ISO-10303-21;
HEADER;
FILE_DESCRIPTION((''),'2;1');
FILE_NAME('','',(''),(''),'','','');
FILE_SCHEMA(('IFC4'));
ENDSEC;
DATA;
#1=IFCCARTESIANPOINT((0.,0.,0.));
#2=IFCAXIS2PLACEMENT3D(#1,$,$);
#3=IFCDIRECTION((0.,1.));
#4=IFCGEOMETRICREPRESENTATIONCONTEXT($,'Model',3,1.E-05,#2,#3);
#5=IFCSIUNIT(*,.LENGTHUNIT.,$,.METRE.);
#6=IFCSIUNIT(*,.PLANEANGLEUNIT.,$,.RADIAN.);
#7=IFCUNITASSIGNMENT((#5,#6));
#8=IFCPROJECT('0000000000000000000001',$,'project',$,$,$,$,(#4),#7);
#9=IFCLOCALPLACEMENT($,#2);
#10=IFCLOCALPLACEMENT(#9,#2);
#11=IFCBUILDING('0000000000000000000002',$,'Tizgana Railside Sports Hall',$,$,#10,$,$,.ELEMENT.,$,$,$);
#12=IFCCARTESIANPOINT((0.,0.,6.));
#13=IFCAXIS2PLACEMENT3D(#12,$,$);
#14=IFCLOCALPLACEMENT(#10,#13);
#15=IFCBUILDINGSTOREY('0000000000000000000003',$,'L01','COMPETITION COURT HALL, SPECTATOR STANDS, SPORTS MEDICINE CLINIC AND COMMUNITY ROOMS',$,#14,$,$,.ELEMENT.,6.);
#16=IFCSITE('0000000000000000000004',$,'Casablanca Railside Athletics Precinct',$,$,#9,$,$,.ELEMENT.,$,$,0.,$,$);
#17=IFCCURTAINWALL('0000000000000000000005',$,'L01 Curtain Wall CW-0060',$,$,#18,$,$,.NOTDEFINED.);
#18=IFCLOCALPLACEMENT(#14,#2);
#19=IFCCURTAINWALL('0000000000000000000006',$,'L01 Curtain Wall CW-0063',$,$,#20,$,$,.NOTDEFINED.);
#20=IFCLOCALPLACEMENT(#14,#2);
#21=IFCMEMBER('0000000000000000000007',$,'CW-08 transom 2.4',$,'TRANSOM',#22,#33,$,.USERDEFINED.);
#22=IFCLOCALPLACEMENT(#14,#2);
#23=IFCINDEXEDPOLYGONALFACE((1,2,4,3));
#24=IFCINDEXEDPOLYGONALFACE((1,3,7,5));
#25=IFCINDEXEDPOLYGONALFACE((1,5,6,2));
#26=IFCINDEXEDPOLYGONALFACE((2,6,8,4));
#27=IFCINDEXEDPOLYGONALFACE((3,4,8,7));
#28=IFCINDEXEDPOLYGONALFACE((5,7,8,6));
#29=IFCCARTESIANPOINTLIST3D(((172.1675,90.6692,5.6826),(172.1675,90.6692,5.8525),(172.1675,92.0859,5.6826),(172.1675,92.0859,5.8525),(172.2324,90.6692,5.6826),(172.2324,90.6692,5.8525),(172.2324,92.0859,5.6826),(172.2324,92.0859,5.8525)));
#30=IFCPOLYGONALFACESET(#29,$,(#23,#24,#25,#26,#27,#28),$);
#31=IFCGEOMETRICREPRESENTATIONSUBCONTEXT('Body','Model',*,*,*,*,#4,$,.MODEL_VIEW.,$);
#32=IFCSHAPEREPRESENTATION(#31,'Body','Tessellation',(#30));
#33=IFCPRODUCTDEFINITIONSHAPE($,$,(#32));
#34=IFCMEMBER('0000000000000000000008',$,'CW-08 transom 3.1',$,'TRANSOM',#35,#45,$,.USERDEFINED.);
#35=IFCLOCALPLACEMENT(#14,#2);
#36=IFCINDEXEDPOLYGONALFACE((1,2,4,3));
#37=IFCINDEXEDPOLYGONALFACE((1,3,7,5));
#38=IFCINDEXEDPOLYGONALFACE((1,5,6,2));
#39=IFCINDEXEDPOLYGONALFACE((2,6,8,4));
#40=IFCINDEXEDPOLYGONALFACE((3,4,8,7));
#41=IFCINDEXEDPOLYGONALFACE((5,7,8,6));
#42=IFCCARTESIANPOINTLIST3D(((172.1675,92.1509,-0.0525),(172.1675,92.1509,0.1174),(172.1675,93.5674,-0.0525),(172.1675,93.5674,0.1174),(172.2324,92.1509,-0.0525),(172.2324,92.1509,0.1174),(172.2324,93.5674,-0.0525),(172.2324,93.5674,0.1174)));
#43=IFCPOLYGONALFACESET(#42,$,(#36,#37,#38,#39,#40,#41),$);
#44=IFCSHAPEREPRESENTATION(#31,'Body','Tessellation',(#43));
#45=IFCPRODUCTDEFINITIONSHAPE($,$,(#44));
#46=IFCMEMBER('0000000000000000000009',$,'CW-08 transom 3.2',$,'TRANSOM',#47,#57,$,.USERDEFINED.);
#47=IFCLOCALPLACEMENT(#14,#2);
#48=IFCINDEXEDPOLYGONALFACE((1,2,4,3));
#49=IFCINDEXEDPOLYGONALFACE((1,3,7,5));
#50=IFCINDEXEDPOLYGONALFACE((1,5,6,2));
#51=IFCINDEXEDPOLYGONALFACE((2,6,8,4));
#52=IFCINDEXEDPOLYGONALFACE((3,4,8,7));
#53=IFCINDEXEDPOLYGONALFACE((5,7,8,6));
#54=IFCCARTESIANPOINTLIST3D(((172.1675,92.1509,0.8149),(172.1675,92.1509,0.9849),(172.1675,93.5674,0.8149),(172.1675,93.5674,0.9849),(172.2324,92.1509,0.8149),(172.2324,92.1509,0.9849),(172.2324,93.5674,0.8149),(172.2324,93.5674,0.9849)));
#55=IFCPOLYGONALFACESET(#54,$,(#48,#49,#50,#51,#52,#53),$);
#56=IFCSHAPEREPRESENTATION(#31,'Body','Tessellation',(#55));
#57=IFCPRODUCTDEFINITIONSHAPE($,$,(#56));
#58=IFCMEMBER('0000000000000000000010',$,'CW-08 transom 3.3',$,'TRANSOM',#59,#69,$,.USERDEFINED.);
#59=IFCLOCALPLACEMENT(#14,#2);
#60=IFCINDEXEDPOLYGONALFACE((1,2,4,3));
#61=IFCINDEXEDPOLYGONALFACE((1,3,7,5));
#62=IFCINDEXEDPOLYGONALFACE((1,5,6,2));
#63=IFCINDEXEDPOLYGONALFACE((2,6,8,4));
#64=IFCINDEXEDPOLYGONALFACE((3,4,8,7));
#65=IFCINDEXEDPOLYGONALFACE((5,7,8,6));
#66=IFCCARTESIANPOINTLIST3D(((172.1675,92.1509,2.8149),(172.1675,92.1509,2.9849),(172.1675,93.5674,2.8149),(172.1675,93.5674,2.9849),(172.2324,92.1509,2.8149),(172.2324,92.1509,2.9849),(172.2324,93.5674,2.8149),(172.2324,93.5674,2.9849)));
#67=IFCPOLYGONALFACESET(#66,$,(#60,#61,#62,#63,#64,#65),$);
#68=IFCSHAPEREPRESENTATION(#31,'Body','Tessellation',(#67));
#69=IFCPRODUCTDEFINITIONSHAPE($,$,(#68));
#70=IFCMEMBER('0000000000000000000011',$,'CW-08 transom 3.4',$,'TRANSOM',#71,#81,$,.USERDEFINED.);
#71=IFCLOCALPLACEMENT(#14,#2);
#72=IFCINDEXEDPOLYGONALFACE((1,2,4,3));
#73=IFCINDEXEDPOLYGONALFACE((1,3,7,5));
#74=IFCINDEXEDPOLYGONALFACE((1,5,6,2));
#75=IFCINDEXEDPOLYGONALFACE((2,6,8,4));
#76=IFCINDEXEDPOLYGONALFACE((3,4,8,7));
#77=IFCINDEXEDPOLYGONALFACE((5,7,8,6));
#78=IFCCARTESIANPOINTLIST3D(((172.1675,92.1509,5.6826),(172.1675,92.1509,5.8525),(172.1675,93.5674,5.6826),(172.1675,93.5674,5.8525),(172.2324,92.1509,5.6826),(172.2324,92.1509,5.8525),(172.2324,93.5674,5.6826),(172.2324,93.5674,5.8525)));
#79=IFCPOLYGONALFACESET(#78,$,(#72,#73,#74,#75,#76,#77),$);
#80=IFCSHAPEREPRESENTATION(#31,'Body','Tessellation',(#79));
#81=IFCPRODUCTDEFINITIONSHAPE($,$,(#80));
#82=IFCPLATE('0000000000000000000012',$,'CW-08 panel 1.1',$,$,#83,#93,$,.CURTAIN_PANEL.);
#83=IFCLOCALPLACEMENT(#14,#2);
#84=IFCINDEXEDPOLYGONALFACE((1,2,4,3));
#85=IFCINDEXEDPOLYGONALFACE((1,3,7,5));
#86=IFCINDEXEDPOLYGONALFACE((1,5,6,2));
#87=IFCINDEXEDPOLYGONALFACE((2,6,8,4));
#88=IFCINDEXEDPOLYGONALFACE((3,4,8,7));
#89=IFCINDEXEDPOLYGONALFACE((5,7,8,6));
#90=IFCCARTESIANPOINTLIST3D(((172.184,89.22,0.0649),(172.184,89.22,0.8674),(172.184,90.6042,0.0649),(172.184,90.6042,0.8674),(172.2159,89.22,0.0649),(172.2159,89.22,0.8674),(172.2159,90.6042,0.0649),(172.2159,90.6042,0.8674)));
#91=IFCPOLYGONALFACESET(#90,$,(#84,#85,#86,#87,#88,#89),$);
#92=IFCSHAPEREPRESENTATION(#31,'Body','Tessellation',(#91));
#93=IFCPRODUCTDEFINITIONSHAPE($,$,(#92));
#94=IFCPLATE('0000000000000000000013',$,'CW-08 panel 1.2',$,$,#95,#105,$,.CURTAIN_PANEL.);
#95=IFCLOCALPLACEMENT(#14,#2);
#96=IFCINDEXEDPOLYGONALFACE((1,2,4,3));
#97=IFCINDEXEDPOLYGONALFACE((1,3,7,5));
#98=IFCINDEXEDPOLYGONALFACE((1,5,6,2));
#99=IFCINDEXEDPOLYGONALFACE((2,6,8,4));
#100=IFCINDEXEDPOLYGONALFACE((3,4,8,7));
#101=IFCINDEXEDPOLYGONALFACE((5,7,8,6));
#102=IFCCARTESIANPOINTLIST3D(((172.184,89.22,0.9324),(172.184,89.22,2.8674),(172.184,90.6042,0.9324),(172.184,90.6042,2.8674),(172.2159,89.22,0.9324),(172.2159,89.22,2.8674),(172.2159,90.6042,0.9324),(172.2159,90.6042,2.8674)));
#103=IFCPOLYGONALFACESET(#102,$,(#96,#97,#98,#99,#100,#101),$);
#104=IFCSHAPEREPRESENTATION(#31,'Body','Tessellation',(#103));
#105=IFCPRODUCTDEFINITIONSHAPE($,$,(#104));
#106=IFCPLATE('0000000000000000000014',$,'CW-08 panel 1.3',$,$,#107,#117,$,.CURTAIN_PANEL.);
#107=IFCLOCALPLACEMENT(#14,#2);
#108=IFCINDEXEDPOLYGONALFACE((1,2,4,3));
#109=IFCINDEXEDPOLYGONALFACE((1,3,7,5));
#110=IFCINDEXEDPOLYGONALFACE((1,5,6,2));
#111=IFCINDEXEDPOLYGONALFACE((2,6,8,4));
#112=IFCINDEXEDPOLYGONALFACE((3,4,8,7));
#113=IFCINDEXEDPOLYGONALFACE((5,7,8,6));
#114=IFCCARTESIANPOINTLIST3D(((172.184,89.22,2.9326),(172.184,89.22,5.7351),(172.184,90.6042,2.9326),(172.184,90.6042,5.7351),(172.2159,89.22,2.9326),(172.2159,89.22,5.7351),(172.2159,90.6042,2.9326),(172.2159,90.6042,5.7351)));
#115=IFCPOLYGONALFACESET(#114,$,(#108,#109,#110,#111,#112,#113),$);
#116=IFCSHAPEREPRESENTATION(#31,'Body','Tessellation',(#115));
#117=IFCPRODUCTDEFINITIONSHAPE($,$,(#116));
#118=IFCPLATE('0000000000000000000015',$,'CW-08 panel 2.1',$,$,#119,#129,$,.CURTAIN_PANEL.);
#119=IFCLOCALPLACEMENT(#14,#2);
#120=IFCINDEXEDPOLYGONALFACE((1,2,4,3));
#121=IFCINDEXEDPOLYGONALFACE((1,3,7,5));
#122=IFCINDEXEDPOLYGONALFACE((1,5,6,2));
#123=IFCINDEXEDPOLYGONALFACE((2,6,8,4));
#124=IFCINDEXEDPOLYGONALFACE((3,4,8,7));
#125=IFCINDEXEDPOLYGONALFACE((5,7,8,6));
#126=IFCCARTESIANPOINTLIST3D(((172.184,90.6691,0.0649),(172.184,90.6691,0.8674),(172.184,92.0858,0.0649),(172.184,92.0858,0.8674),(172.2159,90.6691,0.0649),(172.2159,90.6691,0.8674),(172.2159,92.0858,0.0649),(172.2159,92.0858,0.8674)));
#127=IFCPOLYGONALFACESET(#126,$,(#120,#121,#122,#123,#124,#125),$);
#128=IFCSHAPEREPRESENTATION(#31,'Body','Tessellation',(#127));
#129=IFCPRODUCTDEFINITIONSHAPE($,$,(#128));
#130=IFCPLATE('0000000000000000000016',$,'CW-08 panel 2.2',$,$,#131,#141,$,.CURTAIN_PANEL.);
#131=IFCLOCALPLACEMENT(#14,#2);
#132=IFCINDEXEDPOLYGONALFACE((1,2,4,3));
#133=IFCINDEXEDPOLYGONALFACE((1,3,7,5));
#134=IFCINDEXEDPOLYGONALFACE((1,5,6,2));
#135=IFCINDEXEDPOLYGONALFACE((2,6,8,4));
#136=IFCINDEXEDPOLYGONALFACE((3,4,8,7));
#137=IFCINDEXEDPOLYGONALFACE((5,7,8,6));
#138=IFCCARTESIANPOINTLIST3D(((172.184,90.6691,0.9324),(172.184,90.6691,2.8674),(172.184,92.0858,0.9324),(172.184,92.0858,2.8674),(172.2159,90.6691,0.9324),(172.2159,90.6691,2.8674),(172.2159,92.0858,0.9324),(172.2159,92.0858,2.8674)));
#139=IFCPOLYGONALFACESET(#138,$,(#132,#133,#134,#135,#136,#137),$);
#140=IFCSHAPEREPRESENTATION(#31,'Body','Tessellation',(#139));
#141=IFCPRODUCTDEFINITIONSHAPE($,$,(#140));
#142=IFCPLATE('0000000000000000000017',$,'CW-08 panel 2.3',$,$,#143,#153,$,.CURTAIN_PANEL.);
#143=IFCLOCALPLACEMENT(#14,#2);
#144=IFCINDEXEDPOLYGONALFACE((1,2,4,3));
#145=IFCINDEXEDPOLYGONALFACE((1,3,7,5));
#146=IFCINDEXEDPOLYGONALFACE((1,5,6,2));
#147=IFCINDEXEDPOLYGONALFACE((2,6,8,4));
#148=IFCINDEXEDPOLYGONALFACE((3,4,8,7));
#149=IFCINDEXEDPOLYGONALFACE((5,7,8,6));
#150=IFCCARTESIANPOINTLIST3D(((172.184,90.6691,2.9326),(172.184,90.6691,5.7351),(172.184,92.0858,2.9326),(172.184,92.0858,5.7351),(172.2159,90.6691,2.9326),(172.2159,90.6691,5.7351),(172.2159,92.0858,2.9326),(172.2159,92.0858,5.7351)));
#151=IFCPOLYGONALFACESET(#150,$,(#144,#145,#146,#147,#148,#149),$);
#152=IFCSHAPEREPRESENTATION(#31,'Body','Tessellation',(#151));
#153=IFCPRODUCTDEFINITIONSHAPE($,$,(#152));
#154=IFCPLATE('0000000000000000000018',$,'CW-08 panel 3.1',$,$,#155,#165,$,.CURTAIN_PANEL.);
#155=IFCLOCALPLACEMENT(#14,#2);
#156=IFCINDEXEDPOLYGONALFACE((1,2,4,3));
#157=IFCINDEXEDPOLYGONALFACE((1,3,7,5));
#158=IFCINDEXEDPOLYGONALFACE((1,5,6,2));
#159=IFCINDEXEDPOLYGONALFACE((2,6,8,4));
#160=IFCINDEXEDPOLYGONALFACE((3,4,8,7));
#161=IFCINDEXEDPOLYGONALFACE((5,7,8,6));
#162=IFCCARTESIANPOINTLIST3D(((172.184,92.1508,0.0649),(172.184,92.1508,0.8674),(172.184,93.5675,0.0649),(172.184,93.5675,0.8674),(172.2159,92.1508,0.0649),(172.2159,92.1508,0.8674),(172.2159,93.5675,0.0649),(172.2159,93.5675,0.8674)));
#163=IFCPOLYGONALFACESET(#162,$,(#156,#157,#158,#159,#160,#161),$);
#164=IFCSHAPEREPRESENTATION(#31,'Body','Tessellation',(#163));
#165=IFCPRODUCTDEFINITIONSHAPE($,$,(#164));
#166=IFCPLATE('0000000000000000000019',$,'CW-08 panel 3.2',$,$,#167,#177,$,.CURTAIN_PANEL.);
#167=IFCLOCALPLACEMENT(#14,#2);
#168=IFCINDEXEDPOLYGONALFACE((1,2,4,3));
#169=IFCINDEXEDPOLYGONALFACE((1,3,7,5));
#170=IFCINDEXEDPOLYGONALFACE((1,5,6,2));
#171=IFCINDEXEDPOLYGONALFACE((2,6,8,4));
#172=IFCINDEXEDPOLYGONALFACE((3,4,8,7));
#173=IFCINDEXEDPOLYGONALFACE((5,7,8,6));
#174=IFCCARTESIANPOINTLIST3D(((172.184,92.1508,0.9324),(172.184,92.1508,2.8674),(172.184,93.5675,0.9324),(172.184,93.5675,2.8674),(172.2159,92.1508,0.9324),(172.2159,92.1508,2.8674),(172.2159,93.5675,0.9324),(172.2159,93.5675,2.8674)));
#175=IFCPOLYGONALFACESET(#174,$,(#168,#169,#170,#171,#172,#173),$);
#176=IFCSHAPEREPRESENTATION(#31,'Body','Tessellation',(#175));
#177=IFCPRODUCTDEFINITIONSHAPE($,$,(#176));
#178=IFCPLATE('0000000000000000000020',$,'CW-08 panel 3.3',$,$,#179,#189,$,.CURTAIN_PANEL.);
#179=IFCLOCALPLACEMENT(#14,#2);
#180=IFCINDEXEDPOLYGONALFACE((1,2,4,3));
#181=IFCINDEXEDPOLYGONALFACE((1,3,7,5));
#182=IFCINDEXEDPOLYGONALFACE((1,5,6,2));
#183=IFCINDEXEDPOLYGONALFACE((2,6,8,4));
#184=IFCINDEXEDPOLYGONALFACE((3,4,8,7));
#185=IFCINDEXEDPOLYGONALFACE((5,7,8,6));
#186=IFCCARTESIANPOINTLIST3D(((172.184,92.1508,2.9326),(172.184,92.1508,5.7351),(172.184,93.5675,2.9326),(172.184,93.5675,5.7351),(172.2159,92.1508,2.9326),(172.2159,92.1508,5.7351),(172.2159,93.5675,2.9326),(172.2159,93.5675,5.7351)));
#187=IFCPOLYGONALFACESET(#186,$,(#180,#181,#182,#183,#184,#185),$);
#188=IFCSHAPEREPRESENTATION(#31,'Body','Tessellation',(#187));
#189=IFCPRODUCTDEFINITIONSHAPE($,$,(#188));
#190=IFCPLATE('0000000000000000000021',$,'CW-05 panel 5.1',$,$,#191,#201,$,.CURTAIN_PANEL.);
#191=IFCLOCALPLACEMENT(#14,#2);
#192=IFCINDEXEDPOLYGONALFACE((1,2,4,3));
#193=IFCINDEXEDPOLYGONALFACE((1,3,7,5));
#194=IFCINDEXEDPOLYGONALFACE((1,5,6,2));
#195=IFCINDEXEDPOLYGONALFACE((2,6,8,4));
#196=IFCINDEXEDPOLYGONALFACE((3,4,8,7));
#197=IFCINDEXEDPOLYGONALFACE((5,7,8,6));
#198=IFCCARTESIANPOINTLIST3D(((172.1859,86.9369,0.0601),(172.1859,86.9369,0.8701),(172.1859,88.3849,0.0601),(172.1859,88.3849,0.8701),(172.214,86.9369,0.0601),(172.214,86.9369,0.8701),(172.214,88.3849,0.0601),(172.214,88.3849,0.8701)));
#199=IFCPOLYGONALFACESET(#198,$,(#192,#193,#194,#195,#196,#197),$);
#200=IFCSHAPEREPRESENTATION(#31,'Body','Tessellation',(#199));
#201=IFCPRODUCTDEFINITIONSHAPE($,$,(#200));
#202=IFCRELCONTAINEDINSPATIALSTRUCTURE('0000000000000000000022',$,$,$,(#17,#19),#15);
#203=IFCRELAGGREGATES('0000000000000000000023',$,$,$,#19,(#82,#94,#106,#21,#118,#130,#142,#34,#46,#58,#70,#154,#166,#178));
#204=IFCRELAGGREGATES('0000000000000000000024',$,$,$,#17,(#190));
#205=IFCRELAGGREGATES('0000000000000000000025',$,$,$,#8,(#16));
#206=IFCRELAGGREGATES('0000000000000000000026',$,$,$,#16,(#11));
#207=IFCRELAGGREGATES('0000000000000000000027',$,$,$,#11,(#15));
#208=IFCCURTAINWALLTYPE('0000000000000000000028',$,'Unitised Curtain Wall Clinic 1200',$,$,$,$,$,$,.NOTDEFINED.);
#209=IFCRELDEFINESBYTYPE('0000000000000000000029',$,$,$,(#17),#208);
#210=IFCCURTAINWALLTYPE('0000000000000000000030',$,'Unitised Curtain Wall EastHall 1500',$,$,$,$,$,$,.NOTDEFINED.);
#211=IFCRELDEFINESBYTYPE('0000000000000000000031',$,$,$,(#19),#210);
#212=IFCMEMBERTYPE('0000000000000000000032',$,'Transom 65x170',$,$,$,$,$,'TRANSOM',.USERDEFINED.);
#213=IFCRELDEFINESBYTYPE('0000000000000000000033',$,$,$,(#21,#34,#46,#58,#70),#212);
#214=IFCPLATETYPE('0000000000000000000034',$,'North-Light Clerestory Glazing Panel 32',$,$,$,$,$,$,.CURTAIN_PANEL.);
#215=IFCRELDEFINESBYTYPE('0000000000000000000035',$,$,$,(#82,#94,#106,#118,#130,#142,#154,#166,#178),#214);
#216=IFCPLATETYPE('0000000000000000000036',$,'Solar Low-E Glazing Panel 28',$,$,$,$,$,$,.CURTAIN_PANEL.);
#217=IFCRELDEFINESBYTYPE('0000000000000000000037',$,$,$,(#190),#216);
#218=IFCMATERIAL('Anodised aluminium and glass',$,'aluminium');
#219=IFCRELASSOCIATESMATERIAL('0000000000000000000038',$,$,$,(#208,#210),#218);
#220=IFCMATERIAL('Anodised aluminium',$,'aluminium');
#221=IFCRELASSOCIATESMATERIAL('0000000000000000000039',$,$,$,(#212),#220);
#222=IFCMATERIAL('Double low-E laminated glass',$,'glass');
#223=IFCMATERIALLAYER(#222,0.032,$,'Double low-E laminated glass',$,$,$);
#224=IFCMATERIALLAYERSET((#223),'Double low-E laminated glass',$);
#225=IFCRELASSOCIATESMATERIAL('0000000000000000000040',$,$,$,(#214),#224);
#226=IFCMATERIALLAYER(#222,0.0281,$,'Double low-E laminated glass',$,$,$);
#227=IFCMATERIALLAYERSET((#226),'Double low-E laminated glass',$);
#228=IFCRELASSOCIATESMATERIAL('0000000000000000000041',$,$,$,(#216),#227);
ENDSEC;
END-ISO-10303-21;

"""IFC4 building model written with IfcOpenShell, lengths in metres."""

from ifc_helpers import new_model, si_unit, direction, frame, origin, origin_2d, place, context, subcontext, project, spatial, rectangle, extrude, material, layer, layer_set, material_profile, profile_set, type_object, element, aggregate, save


model = new_model("IFC4")

# Units and contexts
model_context = context("Model", 3, precision=1e-05, world=origin(), true_north=direction((0.0, 1.0)))
body_context = subcontext(model_context, "Body", "Model", "MODEL_VIEW")
ifc_project = project(units=[si_unit("LENGTHUNIT", "METRE"), si_unit("PLANEANGLEUNIT", "RADIAN")], contexts=[model_context])

# Site, building, storey
site_placement = place(None, origin())
site = spatial("IfcSite", under=ifc_project, at=site_placement, Name="Casablanca Railside Athletics Precinct", CompositionType="ELEMENT", RefElevation=0.0)
building_placement = place(site_placement, origin())
building = spatial("IfcBuilding", under=site, at=building_placement, Name="Tizgana Railside Sports Hall", CompositionType="ELEMENT")
storey_placement = place(building_placement, frame((0.0, 0.0, 6.0)))
storey = spatial("IfcBuildingStorey", under=building, at=storey_placement, Name="L01", Description="COMPETITION COURT HALL, SPECTATOR STANDS, SPORTS MEDICINE CLINIC AND COMMUNITY ROOMS", CompositionType="ELEMENT", Elevation=6.0)

# Curtain wall
ifc_material_1 = material(Name="Anodised aluminium and glass", Category="aluminium")
curtain_wall_type_1 = type_object("IfcCurtainWallType", Name="Unitised Curtain Wall Clinic 1200", PredefinedType="NOTDEFINED", material=ifc_material_1)
curtain_wall_1_placement = place(storey_placement, origin())
curtain_wall_1 = element("IfcCurtainWall", 1, at=curtain_wall_1_placement, inside=storey, type_object=curtain_wall_type_1, Name="L01 Curtain Wall CW-0060", PredefinedType="NOTDEFINED")
ifc_material_2 = material(Name="Anodised aluminium", Category="aluminium")

# Curtain wall
curtain_wall_type_2 = type_object("IfcCurtainWallType", Name="Unitised Curtain Wall EastHall 1500", PredefinedType="NOTDEFINED", material=ifc_material_1)
curtain_wall_2_placement = place(storey_placement, origin())
curtain_wall_2 = element("IfcCurtainWall", 2, at=curtain_wall_2_placement, inside=storey, type_object=curtain_wall_type_2, Name="L01 Curtain Wall CW-0063", PredefinedType="NOTDEFINED")

# Members
ifc_material_profile_1 = material_profile(ifc_material_2, rectangle(XDim=0.0649, YDim=0.1699, at=origin_2d()), Name="Transom 65x170")
ifc_profile_set_1 = profile_set([ifc_material_profile_1], Name="Anodised aluminium")
member_type_1 = type_object("IfcMemberType", Name="Transom 65x170", ElementType="TRANSOM", PredefinedType="USERDEFINED", material=ifc_profile_set_1)
member_1_placement = place(storey_placement, frame((172.2, 90.6692, 5.7676), z_axis=(0.0, 1.0, 0.0), x_axis=(-1.0, 0.0, 0.0)))
member_1 = element("IfcMember", 3, at=member_1_placement, type_object=member_type_1, Name="CW-08 transom 2.4", ObjectType="TRANSOM", PredefinedType="USERDEFINED", context=body_context, shape_type="SweptSolid", body=[
    extrude(rectangle(XDim=0.0649, YDim=0.1699, at=origin_2d()), origin(), (0.0, 0.0, 1.0), 1.4167),
])
member_2_placement = place(storey_placement, frame((172.2, 92.1509, 0.0325), z_axis=(0.0, 1.0, 0.0), x_axis=(-1.0, 0.0, 0.0)))
member_2 = element("IfcMember", 4, at=member_2_placement, type_object=member_type_1, Name="CW-08 transom 3.1", ObjectType="TRANSOM", PredefinedType="USERDEFINED", context=body_context, shape_type="SweptSolid", body=[
    extrude(rectangle(XDim=0.0649, YDim=0.1699, at=origin_2d()), origin(), (0.0, 0.0, 1.0), 1.4165),
])
member_3_placement = place(storey_placement, frame((172.2, 92.1509, 0.8999), z_axis=(0.0, 1.0, 0.0), x_axis=(-1.0, 0.0, 0.0)))
member_3 = element("IfcMember", 5, at=member_3_placement, type_object=member_type_1, Name="CW-08 transom 3.2", ObjectType="TRANSOM", PredefinedType="USERDEFINED", context=body_context, shape_type="SweptSolid", body=[
    extrude(rectangle(XDim=0.0649, YDim=0.1699, at=origin_2d()), origin(), (0.0, 0.0, 1.0), 1.4165),
])
member_4_placement = place(storey_placement, frame((172.2, 92.1509, 2.8999), z_axis=(0.0, 1.0, 0.0), x_axis=(-1.0, 0.0, 0.0)))
member_4 = element("IfcMember", 6, at=member_4_placement, type_object=member_type_1, Name="CW-08 transom 3.3", ObjectType="TRANSOM", PredefinedType="USERDEFINED", context=body_context, shape_type="SweptSolid", body=[
    extrude(rectangle(XDim=0.0649, YDim=0.1699, at=origin_2d()), origin(), (0.0, 0.0, 1.0), 1.4165),
])
member_5_placement = place(storey_placement, frame((172.2, 92.1509, 5.7676), z_axis=(0.0, 1.0, 0.0), x_axis=(-1.0, 0.0, 0.0)))
member_5 = element("IfcMember", 7, at=member_5_placement, type_object=member_type_1, Name="CW-08 transom 3.4", ObjectType="TRANSOM", PredefinedType="USERDEFINED", context=body_context, shape_type="SweptSolid", body=[
    extrude(rectangle(XDim=0.0649, YDim=0.1699, at=origin_2d()), origin(), (0.0, 0.0, 1.0), 1.4165),
])

# Plates
ifc_material_3 = material(Name="Double low-E laminated glass", Category="glass")
ifc_layer_1 = layer(ifc_material_3, 0.032, Name="Double low-E laminated glass")
ifc_layer_set_1 = layer_set([ifc_layer_1], Name="Double low-E laminated glass")
plate_type_1 = type_object("IfcPlateType", Name="North-Light Clerestory Glazing Panel 32", PredefinedType="CURTAIN_PANEL", material=ifc_layer_set_1)
plate_1_placement = place(storey_placement, frame((172.2, 89.9121, 0.0649), z_axis=(0.0, 0.0, 1.0), x_axis=(0.0, 1.0, 0.0)))
plate_1 = element("IfcPlate", 8, at=plate_1_placement, type_object=plate_type_1, Name="CW-08 panel 1.1", PredefinedType="CURTAIN_PANEL", context=body_context, shape_type="SweptSolid", body=[
    extrude(rectangle(XDim=1.3843, YDim=0.032, at=origin_2d()), origin(), (0.0, 0.0, 1.0), 0.8025),
])
plate_2_placement = place(storey_placement, frame((172.2, 89.9121, 0.9324), z_axis=(0.0, 0.0, 1.0), x_axis=(0.0, 1.0, 0.0)))
plate_2 = element("IfcPlate", 9, at=plate_2_placement, type_object=plate_type_1, Name="CW-08 panel 1.2", PredefinedType="CURTAIN_PANEL", context=body_context, shape_type="SweptSolid", body=[
    extrude(rectangle(XDim=1.3843, YDim=0.032, at=origin_2d()), origin(), (0.0, 0.0, 1.0), 1.9351),
])
plate_3_placement = place(storey_placement, frame((172.2, 89.9121, 2.9326), z_axis=(0.0, 0.0, 1.0), x_axis=(0.0, 1.0, 0.0)))
plate_3 = element("IfcPlate", 10, at=plate_3_placement, type_object=plate_type_1, Name="CW-08 panel 1.3", PredefinedType="CURTAIN_PANEL", context=body_context, shape_type="SweptSolid", body=[
    extrude(rectangle(XDim=1.3843, YDim=0.032, at=origin_2d()), origin(), (0.0, 0.0, 1.0), 2.8025),
])
plate_4_placement = place(storey_placement, frame((172.2, 91.3774, 0.0649), z_axis=(0.0, 0.0, 1.0), x_axis=(0.0, 1.0, 0.0)))
plate_4 = element("IfcPlate", 11, at=plate_4_placement, type_object=plate_type_1, Name="CW-08 panel 2.1", PredefinedType="CURTAIN_PANEL", context=body_context, shape_type="SweptSolid", body=[
    extrude(rectangle(XDim=1.4167, YDim=0.032, at=origin_2d()), origin(), (0.0, 0.0, 1.0), 0.8025),
])
plate_5_placement = place(storey_placement, frame((172.2, 91.3774, 0.9324), z_axis=(0.0, 0.0, 1.0), x_axis=(0.0, 1.0, 0.0)))
plate_5 = element("IfcPlate", 12, at=plate_5_placement, type_object=plate_type_1, Name="CW-08 panel 2.2", PredefinedType="CURTAIN_PANEL", context=body_context, shape_type="SweptSolid", body=[
    extrude(rectangle(XDim=1.4167, YDim=0.032, at=origin_2d()), origin(), (0.0, 0.0, 1.0), 1.9351),
])
plate_6_placement = place(storey_placement, frame((172.2, 91.3774, 2.9326), z_axis=(0.0, 0.0, 1.0), x_axis=(0.0, 1.0, 0.0)))
plate_6 = element("IfcPlate", 13, at=plate_6_placement, type_object=plate_type_1, Name="CW-08 panel 2.3", PredefinedType="CURTAIN_PANEL", context=body_context, shape_type="SweptSolid", body=[
    extrude(rectangle(XDim=1.4167, YDim=0.032, at=origin_2d()), origin(), (0.0, 0.0, 1.0), 2.8025),
])
plate_7_placement = place(storey_placement, frame((172.2, 92.8591, 0.0649), z_axis=(0.0, 0.0, 1.0), x_axis=(0.0, 1.0, 0.0)))
plate_7 = element("IfcPlate", 14, at=plate_7_placement, type_object=plate_type_1, Name="CW-08 panel 3.1", PredefinedType="CURTAIN_PANEL", context=body_context, shape_type="SweptSolid", body=[
    extrude(rectangle(XDim=1.4167, YDim=0.032, at=origin_2d()), origin(), (0.0, 0.0, 1.0), 0.8025),
])
plate_8_placement = place(storey_placement, frame((172.2, 92.8591, 0.9324), z_axis=(0.0, 0.0, 1.0), x_axis=(0.0, 1.0, 0.0)))
plate_8 = element("IfcPlate", 15, at=plate_8_placement, type_object=plate_type_1, Name="CW-08 panel 3.2", PredefinedType="CURTAIN_PANEL", context=body_context, shape_type="SweptSolid", body=[
    extrude(rectangle(XDim=1.4167, YDim=0.032, at=origin_2d()), origin(), (0.0, 0.0, 1.0), 1.9351),
])
plate_9_placement = place(storey_placement, frame((172.2, 92.8591, 2.9326), z_axis=(0.0, 0.0, 1.0), x_axis=(0.0, 1.0, 0.0)))
plate_9 = element("IfcPlate", 16, at=plate_9_placement, type_object=plate_type_1, Name="CW-08 panel 3.3", PredefinedType="CURTAIN_PANEL", context=body_context, shape_type="SweptSolid", body=[
    extrude(rectangle(XDim=1.4167, YDim=0.032, at=origin_2d()), origin(), (0.0, 0.0, 1.0), 2.8025),
])
aggregate(curtain_wall_2, [plate_1, plate_2, plate_3, member_1, plate_4, plate_5, plate_6, member_2, member_3, member_4, member_5, plate_7, plate_8, plate_9])
ifc_layer_2 = layer(ifc_material_3, 0.0281, Name="Double low-E laminated glass")
ifc_layer_set_2 = layer_set([ifc_layer_2], Name="Double low-E laminated glass")
plate_type_2 = type_object("IfcPlateType", Name="Solar Low-E Glazing Panel 28", PredefinedType="CURTAIN_PANEL", material=ifc_layer_set_2)
plate_10_placement = place(storey_placement, frame((172.2, 87.6609, 0.0601), z_axis=(0.0, 0.0, 1.0), x_axis=(0.0, 1.0, 0.0)))
plate_10 = element("IfcPlate", 17, at=plate_10_placement, type_object=plate_type_2, Name="CW-05 panel 5.1", PredefinedType="CURTAIN_PANEL", context=body_context, shape_type="SweptSolid", body=[
    extrude(rectangle(XDim=1.448, YDim=0.0281, at=origin_2d()), origin(), (0.0, 0.0, 1.0), 0.8101),
])
aggregate(curtain_wall_1, [plate_10])

save(model, "model.ifc")
